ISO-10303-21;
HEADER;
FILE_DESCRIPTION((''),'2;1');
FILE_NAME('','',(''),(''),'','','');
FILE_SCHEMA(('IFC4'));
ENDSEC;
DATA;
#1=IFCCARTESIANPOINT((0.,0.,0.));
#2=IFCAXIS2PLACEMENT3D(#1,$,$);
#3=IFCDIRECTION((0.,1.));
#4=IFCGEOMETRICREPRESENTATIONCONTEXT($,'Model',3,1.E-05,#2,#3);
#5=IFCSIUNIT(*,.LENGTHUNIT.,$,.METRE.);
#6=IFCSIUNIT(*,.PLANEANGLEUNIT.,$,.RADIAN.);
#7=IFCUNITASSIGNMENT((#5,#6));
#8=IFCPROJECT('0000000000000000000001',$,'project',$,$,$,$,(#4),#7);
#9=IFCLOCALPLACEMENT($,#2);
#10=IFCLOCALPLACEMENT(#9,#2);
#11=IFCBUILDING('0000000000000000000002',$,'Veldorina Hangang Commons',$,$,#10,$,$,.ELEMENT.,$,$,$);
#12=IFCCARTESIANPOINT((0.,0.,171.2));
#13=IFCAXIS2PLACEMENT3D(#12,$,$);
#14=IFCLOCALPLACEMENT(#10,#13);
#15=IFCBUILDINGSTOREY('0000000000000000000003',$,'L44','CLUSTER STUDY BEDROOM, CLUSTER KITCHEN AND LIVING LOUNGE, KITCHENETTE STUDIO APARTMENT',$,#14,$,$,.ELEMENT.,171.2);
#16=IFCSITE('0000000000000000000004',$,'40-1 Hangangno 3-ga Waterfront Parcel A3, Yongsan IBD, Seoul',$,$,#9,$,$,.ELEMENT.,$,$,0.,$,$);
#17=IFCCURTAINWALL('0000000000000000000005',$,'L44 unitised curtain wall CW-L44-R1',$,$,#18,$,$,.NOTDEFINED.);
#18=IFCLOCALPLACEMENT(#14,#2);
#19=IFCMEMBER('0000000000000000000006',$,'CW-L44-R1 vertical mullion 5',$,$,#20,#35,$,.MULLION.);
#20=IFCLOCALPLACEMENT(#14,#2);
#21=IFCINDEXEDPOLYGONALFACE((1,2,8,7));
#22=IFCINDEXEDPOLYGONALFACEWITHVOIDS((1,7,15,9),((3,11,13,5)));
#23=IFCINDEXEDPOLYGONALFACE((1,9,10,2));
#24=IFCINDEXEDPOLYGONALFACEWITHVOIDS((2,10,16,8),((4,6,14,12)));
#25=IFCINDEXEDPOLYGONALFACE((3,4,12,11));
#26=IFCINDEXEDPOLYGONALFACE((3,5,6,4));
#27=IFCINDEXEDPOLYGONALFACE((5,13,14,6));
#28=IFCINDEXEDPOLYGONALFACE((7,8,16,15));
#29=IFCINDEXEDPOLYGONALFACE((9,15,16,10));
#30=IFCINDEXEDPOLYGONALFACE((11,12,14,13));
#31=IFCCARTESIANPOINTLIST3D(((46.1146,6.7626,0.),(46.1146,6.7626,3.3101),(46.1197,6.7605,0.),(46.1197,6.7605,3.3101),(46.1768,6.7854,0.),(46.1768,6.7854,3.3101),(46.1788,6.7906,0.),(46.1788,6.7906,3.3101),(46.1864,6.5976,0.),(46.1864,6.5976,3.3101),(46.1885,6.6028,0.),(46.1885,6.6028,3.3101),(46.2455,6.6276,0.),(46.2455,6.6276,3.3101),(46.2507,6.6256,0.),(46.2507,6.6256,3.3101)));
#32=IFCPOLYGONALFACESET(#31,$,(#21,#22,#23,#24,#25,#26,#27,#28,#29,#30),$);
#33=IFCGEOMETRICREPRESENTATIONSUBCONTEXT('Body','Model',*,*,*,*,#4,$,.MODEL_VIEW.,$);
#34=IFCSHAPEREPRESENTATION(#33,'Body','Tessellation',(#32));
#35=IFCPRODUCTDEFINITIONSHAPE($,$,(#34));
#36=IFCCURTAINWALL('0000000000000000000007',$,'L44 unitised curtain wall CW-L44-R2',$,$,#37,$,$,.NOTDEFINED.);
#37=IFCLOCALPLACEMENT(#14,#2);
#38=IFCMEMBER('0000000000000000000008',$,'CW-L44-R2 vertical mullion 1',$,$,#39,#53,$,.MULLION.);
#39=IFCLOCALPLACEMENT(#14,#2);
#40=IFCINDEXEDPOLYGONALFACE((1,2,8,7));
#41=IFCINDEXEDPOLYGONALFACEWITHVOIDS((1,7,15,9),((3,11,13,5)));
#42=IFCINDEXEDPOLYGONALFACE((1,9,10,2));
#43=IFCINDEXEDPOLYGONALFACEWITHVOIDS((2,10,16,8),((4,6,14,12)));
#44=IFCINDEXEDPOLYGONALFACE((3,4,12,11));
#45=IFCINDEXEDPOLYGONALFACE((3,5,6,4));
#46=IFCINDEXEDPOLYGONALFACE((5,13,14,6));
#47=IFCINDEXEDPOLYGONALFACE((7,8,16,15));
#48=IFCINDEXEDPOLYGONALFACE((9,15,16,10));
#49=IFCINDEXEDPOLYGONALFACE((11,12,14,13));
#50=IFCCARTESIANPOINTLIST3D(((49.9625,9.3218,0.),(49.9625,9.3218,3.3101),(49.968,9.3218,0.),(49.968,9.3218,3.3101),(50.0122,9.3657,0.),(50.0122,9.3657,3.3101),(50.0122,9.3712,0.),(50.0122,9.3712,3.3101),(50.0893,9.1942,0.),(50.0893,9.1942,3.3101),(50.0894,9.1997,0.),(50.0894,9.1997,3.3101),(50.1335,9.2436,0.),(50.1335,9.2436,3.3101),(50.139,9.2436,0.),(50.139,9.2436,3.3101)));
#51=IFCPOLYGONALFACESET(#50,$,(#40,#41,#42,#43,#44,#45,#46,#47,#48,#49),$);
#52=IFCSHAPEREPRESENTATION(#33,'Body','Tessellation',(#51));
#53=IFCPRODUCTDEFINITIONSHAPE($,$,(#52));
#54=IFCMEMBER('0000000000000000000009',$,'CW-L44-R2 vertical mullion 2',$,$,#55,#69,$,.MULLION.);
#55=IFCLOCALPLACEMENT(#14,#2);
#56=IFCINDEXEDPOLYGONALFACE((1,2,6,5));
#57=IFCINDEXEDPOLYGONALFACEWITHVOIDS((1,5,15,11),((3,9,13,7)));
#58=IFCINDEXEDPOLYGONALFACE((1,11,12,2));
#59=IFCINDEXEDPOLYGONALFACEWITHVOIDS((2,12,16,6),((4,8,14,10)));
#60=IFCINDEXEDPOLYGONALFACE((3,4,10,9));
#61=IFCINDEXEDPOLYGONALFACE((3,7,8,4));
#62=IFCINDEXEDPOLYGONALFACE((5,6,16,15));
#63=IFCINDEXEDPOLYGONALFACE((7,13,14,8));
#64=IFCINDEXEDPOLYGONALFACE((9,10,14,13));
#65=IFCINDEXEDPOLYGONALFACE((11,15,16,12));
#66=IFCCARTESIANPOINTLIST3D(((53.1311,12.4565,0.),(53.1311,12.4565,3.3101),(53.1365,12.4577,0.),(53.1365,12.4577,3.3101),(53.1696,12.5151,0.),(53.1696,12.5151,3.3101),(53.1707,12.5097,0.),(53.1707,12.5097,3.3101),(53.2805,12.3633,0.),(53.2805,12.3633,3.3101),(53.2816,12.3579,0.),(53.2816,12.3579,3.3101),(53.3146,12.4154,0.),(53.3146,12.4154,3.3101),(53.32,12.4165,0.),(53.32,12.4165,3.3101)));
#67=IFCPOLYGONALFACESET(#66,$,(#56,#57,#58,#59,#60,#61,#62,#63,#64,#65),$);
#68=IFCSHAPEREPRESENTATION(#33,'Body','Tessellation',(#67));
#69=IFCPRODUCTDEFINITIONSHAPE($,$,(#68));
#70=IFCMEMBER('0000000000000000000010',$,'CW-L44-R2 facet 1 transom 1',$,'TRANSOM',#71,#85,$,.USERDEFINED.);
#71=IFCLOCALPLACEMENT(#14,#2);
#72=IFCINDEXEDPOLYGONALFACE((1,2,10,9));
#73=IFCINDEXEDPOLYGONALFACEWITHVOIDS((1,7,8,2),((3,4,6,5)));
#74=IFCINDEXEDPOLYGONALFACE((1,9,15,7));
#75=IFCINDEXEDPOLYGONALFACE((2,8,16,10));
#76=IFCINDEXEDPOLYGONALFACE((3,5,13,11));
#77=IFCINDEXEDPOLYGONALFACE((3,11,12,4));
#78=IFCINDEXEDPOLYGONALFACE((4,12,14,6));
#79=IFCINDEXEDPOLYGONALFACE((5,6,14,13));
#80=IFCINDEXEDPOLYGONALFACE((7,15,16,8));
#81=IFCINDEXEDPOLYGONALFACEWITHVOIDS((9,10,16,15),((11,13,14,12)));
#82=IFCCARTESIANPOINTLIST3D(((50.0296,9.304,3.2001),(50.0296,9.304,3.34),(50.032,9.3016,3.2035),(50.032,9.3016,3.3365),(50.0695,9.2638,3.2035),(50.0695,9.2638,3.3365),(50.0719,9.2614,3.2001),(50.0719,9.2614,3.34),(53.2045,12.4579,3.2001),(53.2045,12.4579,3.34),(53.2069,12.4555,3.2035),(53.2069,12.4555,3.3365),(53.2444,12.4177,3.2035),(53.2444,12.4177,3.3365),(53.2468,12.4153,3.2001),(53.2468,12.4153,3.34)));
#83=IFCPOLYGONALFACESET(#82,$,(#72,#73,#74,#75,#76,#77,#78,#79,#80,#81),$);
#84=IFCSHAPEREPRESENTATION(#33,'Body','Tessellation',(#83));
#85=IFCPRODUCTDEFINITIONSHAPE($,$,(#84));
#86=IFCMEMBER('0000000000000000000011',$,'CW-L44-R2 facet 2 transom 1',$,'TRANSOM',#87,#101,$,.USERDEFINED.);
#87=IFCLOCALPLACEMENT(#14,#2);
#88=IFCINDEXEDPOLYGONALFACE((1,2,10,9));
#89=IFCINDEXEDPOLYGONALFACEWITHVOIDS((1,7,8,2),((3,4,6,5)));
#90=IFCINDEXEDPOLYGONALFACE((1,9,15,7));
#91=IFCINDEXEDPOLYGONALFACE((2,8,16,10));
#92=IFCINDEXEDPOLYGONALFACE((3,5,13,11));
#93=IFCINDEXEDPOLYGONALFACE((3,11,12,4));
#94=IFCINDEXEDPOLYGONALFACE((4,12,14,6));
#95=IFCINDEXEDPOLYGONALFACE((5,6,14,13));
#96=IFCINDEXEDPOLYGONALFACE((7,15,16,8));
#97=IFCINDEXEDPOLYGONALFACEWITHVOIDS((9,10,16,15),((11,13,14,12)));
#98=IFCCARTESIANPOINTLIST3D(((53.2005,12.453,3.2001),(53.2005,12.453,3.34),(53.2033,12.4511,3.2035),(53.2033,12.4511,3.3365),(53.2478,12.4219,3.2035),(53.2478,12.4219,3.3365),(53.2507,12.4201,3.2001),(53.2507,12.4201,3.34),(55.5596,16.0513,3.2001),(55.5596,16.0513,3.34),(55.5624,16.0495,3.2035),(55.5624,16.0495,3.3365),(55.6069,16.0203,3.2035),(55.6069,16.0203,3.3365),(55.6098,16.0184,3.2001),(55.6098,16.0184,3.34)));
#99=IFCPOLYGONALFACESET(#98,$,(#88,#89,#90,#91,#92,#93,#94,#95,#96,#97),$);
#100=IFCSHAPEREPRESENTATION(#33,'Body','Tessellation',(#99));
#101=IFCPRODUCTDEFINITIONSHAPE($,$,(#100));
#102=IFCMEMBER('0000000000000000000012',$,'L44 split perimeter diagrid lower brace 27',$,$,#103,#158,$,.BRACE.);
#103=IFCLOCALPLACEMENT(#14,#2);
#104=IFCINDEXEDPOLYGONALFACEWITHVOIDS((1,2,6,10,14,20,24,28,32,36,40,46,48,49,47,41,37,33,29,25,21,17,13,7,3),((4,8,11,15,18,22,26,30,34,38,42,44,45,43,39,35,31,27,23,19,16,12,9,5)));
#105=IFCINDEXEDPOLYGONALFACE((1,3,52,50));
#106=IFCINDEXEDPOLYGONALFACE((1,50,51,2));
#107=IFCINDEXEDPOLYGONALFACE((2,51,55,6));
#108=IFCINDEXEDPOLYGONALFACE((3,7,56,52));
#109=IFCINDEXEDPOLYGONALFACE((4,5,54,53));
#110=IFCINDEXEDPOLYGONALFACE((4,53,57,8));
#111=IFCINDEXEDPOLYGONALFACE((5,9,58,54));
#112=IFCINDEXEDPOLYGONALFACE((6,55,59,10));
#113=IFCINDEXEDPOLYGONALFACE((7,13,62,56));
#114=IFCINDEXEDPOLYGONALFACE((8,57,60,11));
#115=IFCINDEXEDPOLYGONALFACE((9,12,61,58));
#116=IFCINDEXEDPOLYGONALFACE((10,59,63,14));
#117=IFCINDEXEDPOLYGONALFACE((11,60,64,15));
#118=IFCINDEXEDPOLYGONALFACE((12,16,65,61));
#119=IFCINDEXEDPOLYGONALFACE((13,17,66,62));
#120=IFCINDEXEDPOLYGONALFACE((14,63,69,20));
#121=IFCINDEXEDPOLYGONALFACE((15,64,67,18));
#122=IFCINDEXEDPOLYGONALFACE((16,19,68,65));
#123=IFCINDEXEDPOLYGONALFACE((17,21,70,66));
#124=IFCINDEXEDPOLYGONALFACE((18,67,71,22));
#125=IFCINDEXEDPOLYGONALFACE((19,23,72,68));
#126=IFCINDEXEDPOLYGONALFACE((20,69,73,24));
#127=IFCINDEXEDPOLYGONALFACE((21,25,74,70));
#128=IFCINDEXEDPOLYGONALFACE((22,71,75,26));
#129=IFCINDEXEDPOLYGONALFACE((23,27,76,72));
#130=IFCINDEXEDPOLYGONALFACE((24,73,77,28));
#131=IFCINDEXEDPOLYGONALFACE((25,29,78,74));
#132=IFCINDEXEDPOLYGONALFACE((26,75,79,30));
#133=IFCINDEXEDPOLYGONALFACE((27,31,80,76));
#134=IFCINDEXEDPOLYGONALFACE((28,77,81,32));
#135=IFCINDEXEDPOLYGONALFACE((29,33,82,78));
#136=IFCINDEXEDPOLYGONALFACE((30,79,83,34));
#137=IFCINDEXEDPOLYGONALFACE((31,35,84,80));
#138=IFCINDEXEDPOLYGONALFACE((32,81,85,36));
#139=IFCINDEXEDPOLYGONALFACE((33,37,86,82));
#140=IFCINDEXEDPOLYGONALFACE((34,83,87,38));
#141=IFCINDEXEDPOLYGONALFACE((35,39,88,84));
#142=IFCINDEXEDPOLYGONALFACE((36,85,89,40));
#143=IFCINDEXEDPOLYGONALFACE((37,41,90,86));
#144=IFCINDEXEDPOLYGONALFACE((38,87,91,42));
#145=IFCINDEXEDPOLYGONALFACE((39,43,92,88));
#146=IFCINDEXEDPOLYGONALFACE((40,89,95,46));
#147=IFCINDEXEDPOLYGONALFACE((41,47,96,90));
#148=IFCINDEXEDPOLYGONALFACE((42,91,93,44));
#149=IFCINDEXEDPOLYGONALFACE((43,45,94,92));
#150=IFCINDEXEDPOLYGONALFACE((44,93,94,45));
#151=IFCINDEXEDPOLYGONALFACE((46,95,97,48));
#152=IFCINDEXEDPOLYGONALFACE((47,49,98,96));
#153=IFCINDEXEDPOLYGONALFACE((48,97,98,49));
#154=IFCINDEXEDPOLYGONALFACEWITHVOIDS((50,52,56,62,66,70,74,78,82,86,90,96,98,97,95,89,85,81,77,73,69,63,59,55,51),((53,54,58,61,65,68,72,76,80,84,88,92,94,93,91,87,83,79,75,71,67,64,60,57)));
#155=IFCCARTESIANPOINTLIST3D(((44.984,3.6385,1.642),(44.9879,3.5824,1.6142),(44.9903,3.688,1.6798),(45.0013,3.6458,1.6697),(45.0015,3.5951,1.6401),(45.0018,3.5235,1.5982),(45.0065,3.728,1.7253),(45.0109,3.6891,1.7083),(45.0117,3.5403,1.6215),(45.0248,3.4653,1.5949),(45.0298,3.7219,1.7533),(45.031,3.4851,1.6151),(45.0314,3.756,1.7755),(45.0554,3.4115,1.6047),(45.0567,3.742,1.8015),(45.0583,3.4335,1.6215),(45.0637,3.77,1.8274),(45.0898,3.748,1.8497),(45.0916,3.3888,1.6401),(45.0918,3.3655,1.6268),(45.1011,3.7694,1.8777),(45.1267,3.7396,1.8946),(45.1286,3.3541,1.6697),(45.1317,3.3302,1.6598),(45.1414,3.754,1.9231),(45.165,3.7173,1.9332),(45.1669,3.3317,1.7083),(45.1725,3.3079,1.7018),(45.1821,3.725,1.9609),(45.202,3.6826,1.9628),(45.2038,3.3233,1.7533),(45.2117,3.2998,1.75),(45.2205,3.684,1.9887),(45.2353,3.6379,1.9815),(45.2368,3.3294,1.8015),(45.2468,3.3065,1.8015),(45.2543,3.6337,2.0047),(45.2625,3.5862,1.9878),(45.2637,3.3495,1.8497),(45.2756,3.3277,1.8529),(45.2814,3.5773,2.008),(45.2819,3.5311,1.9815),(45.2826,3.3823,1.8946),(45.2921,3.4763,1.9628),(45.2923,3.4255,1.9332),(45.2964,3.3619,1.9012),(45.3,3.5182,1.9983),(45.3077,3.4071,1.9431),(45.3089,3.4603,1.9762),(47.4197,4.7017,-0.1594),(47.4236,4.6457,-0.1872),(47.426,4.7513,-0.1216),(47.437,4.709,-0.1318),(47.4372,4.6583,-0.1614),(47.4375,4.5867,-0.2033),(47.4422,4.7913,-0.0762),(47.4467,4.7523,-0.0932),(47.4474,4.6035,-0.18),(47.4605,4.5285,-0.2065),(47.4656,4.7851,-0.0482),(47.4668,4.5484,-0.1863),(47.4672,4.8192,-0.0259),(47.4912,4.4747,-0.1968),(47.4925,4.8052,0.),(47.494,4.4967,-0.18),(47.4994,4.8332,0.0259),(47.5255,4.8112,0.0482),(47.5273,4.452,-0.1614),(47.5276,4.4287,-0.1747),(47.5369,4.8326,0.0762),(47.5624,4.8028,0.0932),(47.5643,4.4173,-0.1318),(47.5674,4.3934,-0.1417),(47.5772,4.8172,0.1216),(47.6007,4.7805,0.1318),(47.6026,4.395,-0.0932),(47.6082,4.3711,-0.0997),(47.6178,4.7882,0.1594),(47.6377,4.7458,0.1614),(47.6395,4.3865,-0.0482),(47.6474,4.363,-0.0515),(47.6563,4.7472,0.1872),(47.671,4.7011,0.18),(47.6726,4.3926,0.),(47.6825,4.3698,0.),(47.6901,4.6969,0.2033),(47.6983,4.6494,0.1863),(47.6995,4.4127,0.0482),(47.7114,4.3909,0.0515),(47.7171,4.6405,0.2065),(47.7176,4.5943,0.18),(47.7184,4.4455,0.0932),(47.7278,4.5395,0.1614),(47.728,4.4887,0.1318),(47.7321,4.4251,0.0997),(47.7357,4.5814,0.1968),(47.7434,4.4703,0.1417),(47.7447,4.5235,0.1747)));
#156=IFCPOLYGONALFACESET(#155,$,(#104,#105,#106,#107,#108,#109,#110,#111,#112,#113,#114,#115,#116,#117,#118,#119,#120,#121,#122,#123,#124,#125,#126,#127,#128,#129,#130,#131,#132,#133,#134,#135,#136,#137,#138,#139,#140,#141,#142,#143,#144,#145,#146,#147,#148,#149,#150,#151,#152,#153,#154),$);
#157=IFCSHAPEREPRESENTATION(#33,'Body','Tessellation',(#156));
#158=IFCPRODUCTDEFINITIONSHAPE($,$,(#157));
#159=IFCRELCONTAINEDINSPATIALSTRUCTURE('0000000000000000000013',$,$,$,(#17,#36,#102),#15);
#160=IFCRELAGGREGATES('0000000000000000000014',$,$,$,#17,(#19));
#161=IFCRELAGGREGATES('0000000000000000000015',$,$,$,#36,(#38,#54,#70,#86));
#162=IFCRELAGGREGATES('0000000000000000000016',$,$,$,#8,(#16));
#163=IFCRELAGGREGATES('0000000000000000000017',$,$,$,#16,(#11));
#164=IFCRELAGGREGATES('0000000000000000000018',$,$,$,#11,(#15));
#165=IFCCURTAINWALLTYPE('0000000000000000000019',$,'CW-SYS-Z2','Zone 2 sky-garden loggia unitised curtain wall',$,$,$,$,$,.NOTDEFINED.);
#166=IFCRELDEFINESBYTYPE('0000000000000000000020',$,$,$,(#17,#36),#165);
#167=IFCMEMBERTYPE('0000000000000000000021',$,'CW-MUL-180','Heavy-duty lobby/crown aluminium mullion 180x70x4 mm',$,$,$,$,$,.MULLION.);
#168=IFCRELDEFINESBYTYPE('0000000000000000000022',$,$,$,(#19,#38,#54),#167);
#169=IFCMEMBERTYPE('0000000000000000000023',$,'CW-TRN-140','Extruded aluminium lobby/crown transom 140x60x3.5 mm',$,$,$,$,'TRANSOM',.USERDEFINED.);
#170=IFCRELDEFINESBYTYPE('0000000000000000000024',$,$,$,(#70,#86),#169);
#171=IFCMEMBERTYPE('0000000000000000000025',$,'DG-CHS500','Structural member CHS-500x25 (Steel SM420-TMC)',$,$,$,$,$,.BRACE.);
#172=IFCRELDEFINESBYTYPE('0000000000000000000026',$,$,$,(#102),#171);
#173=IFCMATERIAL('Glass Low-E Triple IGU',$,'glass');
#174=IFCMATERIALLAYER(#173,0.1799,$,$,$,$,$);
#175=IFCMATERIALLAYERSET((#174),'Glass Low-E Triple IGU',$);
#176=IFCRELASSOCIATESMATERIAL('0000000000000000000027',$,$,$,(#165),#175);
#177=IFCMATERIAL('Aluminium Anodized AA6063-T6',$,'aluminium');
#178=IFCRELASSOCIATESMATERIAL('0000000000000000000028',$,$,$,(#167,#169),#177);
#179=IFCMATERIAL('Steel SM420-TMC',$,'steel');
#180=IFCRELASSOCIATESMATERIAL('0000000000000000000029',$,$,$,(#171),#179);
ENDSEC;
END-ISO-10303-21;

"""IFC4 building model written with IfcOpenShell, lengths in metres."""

from ifc_helpers import new_model, si_unit, direction, frame, origin, origin_2d, place, context, subcontext, project, spatial, hollow_rectangle, hollow_circle, extrude, material, layer, layer_set, material_profile, profile_set, type_object, element, aggregate, save


model = new_model("IFC4")

# Units and contexts
model_context = context("Model", 3, precision=1e-05, world=origin(), true_north=direction((0.0, 1.0)))
body_context = subcontext(model_context, "Body", "Model", "MODEL_VIEW")
ifc_project = project(units=[si_unit("LENGTHUNIT", "METRE"), si_unit("PLANEANGLEUNIT", "RADIAN")], contexts=[model_context])

# Site, building, storey
site_placement = place(None, origin())
site = spatial("IfcSite", under=ifc_project, at=site_placement, Name="40-1 Hangangno 3-ga Waterfront Parcel A3, Yongsan IBD, Seoul", CompositionType="ELEMENT", RefElevation=0.0)
building_placement = place(site_placement, origin())
building = spatial("IfcBuilding", under=site, at=building_placement, Name="Veldorina Hangang Commons", CompositionType="ELEMENT")
storey_placement = place(building_placement, frame((0.0, 0.0, 171.2)))
storey = spatial("IfcBuildingStorey", under=building, at=storey_placement, Name="L44", Description="CLUSTER STUDY BEDROOM, CLUSTER KITCHEN AND LIVING LOUNGE, KITCHENETTE STUDIO APARTMENT", CompositionType="ELEMENT", Elevation=171.2)

# Shared definitions
ifc_material_1 = material(Name="Steel SM420-TMC", Category="steel")

# Curtain wall, member
ifc_material_2 = material(Name="Glass Low-E Triple IGU", Category="glass")
ifc_layer_1 = layer(ifc_material_2, 0.1799)
ifc_layer_set_1 = layer_set([ifc_layer_1], Name="Glass Low-E Triple IGU")
curtain_wall_type = type_object("IfcCurtainWallType", Name="CW-SYS-Z2", Description="Zone 2 sky-garden loggia unitised curtain wall", PredefinedType="NOTDEFINED", material=ifc_layer_set_1)
curtain_wall_1_placement = place(storey_placement, origin())
curtain_wall_1 = element("IfcCurtainWall", 1, at=curtain_wall_1_placement, inside=storey, type_object=curtain_wall_type, Name="L44 unitised curtain wall CW-L44-R1", PredefinedType="NOTDEFINED")
ifc_material_3 = material(Name="Aluminium Anodized AA6063-T6", Category="aluminium")
ifc_material_profile_1 = material_profile(ifc_material_3, hollow_rectangle(XDim=0.0701, YDim=0.1799, WallThickness=0.0039, at=origin_2d()), Name="ALU-RHS-180x70x4")
ifc_profile_set_1 = profile_set([ifc_material_profile_1], Name="Aluminium Anodized AA6063-T6")
member_type_1 = type_object("IfcMemberType", Name="CW-MUL-180", Description="Heavy-duty lobby/crown aluminium mullion 180x70x4 mm", PredefinedType="MULLION", material=ifc_profile_set_1)
member_1_placement = place(storey_placement, frame((46.1826, 6.6941, 0.0), z_axis=(0.0, 0.0, 1.0), x_axis=(-0.916726, -0.399517, 0.0)))
member_1 = element("IfcMember", 2, at=member_1_placement, type_object=member_type_1, Name="CW-L44-R1 vertical mullion 5", PredefinedType="MULLION", context=body_context, shape_type="SweptSolid", body=[
    extrude(hollow_rectangle(XDim=0.0701, YDim=0.1799, WallThickness=0.0039, at=origin_2d()), origin(), (0.0, 0.0, 1.0), 3.3101),
])
aggregate(curtain_wall_1, [member_1])

# Curtain wall, members
curtain_wall_2_placement = place(storey_placement, origin())
curtain_wall_2 = element("IfcCurtainWall", 3, at=curtain_wall_2_placement, inside=storey, type_object=curtain_wall_type, Name="L44 unitised curtain wall CW-L44-R2", PredefinedType="NOTDEFINED")
member_2_placement = place(storey_placement, frame((50.0508, 9.2827, 0.0), z_axis=(0.0, 0.0, 1.0), x_axis=(0.709411, 0.704795, 0.0)))
member_2 = element("IfcMember", 4, at=member_2_placement, type_object=member_type_1, Name="CW-L44-R2 vertical mullion 1", PredefinedType="MULLION", context=body_context, shape_type="SweptSolid", body=[
    extrude(hollow_rectangle(XDim=0.0701, YDim=0.1799, WallThickness=0.0039, at=origin_2d()), origin(), (0.0, 0.0, 1.0), 3.3101),
])
member_3_placement = place(storey_placement, frame((53.2256, 12.4365, 0.0), z_axis=(0.0, 0.0, 1.0), x_axis=(0.548264, 0.836305, 0.0)))
member_3 = element("IfcMember", 5, at=member_3_placement, type_object=member_type_1, Name="CW-L44-R2 vertical mullion 2", PredefinedType="MULLION", context=body_context, shape_type="SweptSolid", body=[
    extrude(hollow_rectangle(XDim=0.0701, YDim=0.1799, WallThickness=0.0039, at=origin_2d()), origin(), (0.0, 0.0, 1.0), 3.3101),
])
ifc_material_profile_2 = material_profile(ifc_material_3, hollow_rectangle(XDim=0.0601, YDim=0.1399, WallThickness=0.0034, at=origin_2d()), Name="ALU-RHS-140x60x3.5")
ifc_profile_set_2 = profile_set([ifc_material_profile_2], Name="Aluminium Anodized AA6063-T6")
member_type_2 = type_object("IfcMemberType", Name="CW-TRN-140", Description="Extruded aluminium lobby/crown transom 140x60x3.5 mm", ElementType="TRANSOM", PredefinedType="USERDEFINED", material=ifc_profile_set_2)
member_4_placement = place(storey_placement, frame((50.0508, 9.2827, 3.27), z_axis=(0.709449, 0.704757, 0.0), x_axis=(-0.704757, 0.709449, 0.0)))
member_4 = element("IfcMember", 6, at=member_4_placement, type_object=member_type_2, Name="CW-L44-R2 facet 1 transom 1", ObjectType="TRANSOM", PredefinedType="USERDEFINED", context=body_context, shape_type="SweptSolid", body=[
    extrude(hollow_rectangle(XDim=0.0601, YDim=0.1399, WallThickness=0.0034, at=origin_2d()), origin(), (0.0, 0.0, 1.0), 4.4751),
])
member_5_placement = place(storey_placement, frame((53.2256, 12.4365, 3.27), z_axis=(0.548281, 0.836294, 0.0), x_axis=(-0.836294, 0.548281, 0.0)))
member_5 = element("IfcMember", 7, at=member_5_placement, type_object=member_type_2, Name="CW-L44-R2 facet 2 transom 1", ObjectType="TRANSOM", PredefinedType="USERDEFINED", context=body_context, shape_type="SweptSolid", body=[
    extrude(hollow_rectangle(XDim=0.0601, YDim=0.1399, WallThickness=0.0034, at=origin_2d()), origin(), (0.0, 0.0, 1.0), 4.3027),
])

# Member
ifc_material_profile_3 = material_profile(ifc_material_1, hollow_circle(Radius=0.25, WallThickness=0.0249, at=origin_2d()), Name="CHS-500x25")
ifc_profile_set_3 = profile_set([ifc_material_profile_3], Name="Steel SM420-TMC")
member_type_3 = type_object("IfcMemberType", Name="DG-CHS500", Description="Structural member CHS-500x25 (Steel SM420-TMC)", PredefinedType="BRACE", material=ifc_profile_set_3)
member_6_placement = place(storey_placement, frame((47.5825, 4.5989, 0.0), z_axis=(-0.758633, -0.331146, 0.561086), x_axis=(0.400052, -0.916492, 0.0)))
element("IfcMember", 8, at=member_6_placement, inside=storey, type_object=member_type_3, Name="L44 split perimeter diagrid lower brace 27", PredefinedType="BRACE", context=body_context, shape_type="SweptSolid", body=[
    extrude(hollow_circle(Radius=0.25, WallThickness=0.0249, at=origin_2d()), origin(), (0.0, 0.0, 1.0), 3.2107),
])

aggregate(curtain_wall_2, [member_2, member_3, member_4, member_5])

save(model, "model.ifc")
